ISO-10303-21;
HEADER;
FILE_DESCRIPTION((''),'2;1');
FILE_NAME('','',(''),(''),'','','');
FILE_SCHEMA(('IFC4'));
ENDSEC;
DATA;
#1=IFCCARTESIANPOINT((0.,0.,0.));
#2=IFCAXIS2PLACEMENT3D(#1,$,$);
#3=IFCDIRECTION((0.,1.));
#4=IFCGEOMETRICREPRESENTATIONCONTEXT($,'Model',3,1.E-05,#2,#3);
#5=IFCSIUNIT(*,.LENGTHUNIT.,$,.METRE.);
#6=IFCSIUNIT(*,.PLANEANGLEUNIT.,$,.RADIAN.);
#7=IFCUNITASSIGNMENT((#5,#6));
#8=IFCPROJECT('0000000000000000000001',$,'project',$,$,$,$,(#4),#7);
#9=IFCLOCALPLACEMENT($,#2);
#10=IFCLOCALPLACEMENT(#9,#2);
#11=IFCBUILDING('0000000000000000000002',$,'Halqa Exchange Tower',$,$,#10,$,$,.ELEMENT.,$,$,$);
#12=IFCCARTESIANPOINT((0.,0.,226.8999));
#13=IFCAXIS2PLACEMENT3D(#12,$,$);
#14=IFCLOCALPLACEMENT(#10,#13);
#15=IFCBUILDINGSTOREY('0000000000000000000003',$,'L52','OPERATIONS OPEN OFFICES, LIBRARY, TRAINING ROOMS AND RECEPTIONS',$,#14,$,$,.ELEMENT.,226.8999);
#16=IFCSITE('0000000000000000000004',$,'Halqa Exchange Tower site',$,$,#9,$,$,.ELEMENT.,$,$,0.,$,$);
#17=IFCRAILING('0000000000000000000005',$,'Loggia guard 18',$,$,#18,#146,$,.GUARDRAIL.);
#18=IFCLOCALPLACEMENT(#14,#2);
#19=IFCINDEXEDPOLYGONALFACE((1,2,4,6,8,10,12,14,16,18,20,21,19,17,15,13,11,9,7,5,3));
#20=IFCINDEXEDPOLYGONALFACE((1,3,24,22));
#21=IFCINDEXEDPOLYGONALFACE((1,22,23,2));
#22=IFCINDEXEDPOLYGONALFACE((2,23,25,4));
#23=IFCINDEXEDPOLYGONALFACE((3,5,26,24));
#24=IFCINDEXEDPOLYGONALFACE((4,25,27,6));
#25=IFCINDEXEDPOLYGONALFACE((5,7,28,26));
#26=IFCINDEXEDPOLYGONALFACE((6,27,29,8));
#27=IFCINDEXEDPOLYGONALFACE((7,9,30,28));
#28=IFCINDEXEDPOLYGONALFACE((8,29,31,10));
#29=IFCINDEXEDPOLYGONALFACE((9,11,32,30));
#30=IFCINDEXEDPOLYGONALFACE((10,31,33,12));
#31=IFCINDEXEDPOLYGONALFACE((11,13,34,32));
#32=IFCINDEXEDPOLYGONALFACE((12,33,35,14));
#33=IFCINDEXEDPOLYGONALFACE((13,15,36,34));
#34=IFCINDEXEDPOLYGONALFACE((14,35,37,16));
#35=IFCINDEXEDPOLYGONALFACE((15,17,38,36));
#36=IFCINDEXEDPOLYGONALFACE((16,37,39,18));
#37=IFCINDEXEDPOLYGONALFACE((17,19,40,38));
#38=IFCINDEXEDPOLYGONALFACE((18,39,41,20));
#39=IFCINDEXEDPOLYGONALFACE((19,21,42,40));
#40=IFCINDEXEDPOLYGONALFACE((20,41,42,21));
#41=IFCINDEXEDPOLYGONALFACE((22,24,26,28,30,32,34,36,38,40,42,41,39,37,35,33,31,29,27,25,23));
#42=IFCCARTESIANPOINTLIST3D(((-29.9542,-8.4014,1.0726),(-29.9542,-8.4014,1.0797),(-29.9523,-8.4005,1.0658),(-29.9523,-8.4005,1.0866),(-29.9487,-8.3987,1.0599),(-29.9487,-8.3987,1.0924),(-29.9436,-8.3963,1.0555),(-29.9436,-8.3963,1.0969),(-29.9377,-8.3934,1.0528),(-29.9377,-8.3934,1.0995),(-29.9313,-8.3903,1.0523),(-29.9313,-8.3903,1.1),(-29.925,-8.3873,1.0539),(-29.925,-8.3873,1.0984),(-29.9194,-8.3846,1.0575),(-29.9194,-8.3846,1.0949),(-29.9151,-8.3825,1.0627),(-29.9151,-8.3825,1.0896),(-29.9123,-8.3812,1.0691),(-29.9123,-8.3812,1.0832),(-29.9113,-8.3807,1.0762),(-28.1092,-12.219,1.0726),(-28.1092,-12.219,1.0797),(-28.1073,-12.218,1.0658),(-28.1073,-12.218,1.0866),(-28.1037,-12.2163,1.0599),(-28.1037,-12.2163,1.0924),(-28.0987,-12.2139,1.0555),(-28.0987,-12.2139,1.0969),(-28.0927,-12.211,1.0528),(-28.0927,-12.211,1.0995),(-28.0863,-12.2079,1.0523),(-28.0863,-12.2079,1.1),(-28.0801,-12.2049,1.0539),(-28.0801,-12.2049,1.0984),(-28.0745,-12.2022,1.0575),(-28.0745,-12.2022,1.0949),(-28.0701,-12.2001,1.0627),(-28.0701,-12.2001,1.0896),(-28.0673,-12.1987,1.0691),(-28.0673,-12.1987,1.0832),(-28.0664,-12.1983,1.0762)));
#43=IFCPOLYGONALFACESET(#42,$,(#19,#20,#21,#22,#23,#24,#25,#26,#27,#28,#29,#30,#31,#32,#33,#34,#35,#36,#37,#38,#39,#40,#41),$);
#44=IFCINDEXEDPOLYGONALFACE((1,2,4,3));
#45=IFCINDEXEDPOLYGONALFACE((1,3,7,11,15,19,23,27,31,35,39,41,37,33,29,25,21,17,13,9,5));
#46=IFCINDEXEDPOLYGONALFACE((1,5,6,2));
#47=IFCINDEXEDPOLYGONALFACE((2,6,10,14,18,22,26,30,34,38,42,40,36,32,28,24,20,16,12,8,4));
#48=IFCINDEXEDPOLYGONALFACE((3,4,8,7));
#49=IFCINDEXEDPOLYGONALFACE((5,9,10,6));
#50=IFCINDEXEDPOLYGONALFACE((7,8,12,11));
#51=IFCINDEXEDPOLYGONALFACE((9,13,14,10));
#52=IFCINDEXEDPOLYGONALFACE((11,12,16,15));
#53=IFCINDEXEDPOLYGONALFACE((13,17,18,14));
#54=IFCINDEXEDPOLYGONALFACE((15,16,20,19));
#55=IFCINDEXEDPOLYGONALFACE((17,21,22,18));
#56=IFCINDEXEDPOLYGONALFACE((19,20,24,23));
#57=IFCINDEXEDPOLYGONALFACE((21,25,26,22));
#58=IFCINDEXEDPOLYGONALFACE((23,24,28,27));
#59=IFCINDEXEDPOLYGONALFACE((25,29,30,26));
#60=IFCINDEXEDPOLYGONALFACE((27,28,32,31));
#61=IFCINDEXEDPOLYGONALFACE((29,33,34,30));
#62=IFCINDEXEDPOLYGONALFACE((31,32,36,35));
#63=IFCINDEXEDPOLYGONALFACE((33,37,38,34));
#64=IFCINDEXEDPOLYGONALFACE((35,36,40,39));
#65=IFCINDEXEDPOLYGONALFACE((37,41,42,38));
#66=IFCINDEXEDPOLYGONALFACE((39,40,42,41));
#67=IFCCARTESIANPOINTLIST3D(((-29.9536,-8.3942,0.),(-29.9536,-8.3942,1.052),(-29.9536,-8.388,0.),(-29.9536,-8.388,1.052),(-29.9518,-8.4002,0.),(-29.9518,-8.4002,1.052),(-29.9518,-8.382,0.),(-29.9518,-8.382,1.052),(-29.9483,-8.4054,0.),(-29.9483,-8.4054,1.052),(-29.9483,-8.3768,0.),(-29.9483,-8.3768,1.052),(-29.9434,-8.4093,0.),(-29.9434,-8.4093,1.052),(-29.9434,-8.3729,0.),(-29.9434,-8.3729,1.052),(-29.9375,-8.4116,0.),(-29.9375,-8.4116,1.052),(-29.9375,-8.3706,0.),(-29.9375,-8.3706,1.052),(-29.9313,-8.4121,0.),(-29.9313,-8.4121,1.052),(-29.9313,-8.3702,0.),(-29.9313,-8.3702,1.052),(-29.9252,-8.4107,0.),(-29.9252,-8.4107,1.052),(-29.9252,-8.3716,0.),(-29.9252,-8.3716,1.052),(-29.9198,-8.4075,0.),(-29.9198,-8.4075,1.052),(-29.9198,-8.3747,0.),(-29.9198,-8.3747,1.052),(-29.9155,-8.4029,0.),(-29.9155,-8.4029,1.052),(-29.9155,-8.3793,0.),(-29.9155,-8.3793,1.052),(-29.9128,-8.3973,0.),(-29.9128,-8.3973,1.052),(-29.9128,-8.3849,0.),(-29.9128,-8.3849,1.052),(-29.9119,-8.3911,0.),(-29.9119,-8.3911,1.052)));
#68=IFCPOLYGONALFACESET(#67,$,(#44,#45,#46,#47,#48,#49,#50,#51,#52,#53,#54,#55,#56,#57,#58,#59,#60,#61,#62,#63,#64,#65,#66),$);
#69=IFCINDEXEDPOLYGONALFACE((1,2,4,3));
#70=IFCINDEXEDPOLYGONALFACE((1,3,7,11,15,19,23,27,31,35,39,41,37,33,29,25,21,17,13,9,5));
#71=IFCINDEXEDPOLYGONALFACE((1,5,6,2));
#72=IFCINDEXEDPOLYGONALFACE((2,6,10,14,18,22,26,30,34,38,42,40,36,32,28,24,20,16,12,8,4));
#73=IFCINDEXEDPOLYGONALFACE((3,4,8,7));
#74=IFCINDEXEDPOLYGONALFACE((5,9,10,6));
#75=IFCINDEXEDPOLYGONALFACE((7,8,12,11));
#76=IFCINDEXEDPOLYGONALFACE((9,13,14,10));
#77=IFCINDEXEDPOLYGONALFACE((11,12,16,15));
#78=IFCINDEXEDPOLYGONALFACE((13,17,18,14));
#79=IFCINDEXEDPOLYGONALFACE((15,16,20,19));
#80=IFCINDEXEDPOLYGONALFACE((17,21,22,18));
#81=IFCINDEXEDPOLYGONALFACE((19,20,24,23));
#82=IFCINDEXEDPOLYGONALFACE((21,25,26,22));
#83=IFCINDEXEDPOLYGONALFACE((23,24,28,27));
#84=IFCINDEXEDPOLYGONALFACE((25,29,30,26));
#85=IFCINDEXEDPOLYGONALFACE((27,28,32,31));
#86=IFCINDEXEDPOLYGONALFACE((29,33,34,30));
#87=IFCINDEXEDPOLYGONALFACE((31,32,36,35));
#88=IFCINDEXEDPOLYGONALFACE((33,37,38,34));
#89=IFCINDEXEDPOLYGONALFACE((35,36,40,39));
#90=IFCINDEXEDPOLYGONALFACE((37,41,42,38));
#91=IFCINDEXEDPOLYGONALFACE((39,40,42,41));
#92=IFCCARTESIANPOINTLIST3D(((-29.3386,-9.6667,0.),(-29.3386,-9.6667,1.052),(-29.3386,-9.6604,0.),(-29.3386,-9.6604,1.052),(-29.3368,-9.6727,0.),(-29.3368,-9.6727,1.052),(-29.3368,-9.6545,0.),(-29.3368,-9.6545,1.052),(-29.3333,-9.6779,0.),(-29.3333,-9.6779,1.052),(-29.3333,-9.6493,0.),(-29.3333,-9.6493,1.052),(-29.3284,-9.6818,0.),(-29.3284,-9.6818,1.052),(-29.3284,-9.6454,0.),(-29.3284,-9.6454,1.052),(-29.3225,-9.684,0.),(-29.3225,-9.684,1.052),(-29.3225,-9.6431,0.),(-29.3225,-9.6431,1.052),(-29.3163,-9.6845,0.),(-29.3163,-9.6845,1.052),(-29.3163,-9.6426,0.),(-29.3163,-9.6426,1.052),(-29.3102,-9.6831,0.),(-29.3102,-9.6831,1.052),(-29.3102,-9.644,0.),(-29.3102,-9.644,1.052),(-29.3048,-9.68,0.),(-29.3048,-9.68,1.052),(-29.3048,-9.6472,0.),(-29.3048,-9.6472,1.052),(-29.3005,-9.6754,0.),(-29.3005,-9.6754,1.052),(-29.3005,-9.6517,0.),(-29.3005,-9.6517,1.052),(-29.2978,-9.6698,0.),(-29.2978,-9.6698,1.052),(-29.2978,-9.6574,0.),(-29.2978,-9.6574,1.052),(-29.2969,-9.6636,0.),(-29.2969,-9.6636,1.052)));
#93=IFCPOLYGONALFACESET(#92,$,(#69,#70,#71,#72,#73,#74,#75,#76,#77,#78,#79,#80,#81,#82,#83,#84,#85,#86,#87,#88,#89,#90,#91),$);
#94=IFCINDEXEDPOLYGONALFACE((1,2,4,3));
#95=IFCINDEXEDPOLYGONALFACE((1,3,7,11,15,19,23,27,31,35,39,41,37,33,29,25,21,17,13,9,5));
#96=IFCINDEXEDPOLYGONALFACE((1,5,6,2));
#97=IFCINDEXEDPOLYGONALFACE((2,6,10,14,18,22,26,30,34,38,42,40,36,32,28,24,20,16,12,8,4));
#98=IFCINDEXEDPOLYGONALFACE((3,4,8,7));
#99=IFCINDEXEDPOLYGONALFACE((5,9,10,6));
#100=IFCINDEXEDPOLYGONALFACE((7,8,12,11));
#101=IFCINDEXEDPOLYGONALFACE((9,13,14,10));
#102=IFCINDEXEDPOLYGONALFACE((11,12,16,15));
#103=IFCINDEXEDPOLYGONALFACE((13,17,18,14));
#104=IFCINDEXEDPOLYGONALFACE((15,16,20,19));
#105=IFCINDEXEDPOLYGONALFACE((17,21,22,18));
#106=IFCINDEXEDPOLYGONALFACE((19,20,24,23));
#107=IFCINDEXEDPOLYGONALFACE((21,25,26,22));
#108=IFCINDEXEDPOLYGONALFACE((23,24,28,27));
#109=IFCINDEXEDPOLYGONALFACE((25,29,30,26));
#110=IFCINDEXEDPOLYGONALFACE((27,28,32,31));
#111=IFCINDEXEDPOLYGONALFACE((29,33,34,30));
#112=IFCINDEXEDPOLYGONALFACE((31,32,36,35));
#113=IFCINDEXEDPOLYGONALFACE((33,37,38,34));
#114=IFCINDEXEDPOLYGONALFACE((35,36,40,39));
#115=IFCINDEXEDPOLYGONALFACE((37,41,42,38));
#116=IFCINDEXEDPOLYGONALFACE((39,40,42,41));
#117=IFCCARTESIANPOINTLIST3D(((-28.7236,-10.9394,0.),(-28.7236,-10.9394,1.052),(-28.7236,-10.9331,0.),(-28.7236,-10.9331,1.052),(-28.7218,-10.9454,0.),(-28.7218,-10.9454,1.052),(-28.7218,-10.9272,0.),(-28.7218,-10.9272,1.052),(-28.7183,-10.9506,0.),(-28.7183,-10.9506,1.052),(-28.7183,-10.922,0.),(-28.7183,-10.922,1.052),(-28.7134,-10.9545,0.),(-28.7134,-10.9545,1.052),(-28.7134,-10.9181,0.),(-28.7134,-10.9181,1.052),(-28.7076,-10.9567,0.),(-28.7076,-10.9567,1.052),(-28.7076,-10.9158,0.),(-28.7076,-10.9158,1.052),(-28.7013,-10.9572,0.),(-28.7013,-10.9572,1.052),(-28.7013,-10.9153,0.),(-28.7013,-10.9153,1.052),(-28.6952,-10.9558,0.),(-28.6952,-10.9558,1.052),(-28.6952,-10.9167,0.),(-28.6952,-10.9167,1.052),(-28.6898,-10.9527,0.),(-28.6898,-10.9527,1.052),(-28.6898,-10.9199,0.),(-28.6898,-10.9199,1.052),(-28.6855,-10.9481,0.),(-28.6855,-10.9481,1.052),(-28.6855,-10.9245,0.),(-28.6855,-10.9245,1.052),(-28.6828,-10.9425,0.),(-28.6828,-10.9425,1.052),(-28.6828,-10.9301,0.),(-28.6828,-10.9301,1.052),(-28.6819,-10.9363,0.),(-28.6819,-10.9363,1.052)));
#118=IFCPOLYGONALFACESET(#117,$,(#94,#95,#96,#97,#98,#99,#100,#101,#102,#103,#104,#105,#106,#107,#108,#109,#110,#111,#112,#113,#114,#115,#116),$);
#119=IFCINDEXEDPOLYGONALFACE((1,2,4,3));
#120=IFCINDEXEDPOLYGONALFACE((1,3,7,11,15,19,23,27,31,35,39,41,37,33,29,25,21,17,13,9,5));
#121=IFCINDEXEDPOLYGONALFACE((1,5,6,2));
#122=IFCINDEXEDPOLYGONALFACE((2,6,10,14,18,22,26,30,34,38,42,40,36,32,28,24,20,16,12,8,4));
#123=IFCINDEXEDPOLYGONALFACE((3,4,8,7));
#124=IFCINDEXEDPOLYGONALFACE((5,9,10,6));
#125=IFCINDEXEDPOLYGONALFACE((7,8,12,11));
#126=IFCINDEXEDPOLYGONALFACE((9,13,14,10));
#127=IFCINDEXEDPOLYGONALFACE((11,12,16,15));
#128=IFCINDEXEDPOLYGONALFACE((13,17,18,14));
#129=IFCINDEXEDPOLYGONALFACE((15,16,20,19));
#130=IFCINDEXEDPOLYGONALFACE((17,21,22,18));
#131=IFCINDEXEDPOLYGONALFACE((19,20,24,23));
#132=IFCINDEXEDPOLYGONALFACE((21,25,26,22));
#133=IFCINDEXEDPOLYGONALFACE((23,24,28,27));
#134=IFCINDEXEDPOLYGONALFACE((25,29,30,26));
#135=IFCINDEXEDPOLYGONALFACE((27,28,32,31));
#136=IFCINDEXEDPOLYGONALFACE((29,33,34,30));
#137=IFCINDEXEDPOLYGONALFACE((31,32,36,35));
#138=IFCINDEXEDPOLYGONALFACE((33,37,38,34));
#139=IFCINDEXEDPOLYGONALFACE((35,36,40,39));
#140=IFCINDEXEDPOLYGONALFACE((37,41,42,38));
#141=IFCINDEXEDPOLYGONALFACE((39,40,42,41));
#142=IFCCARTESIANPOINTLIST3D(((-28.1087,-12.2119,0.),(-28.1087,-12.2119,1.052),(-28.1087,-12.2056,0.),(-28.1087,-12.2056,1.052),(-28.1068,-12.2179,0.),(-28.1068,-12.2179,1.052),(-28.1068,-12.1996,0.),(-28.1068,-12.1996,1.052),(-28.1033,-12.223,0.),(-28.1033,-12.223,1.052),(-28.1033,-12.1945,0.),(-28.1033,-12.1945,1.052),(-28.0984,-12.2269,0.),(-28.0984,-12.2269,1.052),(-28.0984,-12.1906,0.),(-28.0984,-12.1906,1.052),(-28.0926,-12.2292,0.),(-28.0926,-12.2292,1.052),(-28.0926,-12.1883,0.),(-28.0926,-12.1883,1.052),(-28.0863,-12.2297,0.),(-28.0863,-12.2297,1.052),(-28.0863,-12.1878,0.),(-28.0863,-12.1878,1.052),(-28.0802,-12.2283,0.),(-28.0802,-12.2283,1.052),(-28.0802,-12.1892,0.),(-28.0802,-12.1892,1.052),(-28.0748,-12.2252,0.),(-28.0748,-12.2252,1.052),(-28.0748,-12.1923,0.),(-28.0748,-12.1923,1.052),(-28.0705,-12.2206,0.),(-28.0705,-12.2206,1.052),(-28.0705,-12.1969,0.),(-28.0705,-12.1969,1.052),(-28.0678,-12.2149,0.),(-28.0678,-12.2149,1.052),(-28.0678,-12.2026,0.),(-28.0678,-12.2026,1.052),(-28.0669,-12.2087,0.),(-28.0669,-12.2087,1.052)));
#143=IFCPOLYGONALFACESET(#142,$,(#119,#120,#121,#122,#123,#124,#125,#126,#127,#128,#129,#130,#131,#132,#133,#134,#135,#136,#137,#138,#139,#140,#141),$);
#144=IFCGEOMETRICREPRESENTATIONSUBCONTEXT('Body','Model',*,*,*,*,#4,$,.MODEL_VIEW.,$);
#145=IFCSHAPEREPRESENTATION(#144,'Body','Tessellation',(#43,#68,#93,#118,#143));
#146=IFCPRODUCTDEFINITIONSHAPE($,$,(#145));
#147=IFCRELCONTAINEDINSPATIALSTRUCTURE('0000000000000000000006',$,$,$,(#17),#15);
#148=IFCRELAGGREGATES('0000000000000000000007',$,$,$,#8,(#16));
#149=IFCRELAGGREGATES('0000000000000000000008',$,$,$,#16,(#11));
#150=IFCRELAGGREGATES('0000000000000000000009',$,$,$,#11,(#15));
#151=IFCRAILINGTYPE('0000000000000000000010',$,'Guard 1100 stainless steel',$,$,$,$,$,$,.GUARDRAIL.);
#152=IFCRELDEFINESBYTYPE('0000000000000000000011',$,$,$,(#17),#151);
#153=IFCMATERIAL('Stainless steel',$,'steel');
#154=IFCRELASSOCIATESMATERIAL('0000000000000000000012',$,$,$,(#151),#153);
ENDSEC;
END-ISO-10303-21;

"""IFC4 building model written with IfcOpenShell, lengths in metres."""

from ifc_helpers import new_model, si_unit, direction, frame, origin, origin_2d, place, context, subcontext, project, spatial, circle, extrude, material, type_object, element, save


model = new_model("IFC4")

# Units and contexts
model_context = context("Model", 3, precision=1e-05, world=origin(), true_north=direction((0.0, 1.0)))
body_context = subcontext(model_context, "Body", "Model", "MODEL_VIEW")
ifc_project = project(units=[si_unit("LENGTHUNIT", "METRE"), si_unit("PLANEANGLEUNIT", "RADIAN")], contexts=[model_context])

# Site, building, storey
site_placement = place(None, origin())
site = spatial("IfcSite", under=ifc_project, at=site_placement, Name="Halqa Exchange Tower site", CompositionType="ELEMENT", RefElevation=0.0)
building_placement = place(site_placement, origin())
building = spatial("IfcBuilding", under=site, at=building_placement, Name="Halqa Exchange Tower", CompositionType="ELEMENT")
storey_placement = place(building_placement, frame((0.0, 0.0, 226.8999)))
storey = spatial("IfcBuildingStorey", under=building, at=storey_placement, Name="L52", Description="OPERATIONS OPEN OFFICES, LIBRARY, TRAINING ROOMS AND RECEPTIONS", CompositionType="ELEMENT", Elevation=226.8999)

# Railing
ifc_material_1 = material(Name="Stainless steel", Category="steel")
railing_type = type_object("IfcRailingType", Name="Guard 1100 stainless steel", PredefinedType="GUARDRAIL", material=ifc_material_1)
railing_1_placement = place(storey_placement, frame((-29.9329, -8.3911, 0.0)))
element("IfcRailing", 1, at=railing_1_placement, inside=storey, type_object=railing_type, Name="Loggia guard 18", PredefinedType="GUARDRAIL", context=body_context, shape_type="SweptSolid", body=[
    extrude(circle(Radius=0.0239, at=origin_2d()), frame((0.0, 0.0, 1.0762), z_axis=(0.435127, -0.900369, 0.0), x_axis=(0.900369, 0.435127, 0.0)), (0.0, 0.0, 1.0), 4.24),
    extrude(circle(Radius=0.021, at=origin_2d()), origin(), (0.0, 0.0, 1.0), 1.052),
    extrude(circle(Radius=0.021, at=origin_2d()), frame((0.615, -1.2725, 0.0)), (0.0, 0.0, 1.0), 1.052),
    extrude(circle(Radius=0.021, at=origin_2d()), frame((1.23, -2.5452, 0.0)), (0.0, 0.0, 1.0), 1.052),
    extrude(circle(Radius=0.021, at=origin_2d()), frame((1.845, -3.8176, 0.0)), (0.0, 0.0, 1.0), 1.052),
])

save(model, "model.ifc")
